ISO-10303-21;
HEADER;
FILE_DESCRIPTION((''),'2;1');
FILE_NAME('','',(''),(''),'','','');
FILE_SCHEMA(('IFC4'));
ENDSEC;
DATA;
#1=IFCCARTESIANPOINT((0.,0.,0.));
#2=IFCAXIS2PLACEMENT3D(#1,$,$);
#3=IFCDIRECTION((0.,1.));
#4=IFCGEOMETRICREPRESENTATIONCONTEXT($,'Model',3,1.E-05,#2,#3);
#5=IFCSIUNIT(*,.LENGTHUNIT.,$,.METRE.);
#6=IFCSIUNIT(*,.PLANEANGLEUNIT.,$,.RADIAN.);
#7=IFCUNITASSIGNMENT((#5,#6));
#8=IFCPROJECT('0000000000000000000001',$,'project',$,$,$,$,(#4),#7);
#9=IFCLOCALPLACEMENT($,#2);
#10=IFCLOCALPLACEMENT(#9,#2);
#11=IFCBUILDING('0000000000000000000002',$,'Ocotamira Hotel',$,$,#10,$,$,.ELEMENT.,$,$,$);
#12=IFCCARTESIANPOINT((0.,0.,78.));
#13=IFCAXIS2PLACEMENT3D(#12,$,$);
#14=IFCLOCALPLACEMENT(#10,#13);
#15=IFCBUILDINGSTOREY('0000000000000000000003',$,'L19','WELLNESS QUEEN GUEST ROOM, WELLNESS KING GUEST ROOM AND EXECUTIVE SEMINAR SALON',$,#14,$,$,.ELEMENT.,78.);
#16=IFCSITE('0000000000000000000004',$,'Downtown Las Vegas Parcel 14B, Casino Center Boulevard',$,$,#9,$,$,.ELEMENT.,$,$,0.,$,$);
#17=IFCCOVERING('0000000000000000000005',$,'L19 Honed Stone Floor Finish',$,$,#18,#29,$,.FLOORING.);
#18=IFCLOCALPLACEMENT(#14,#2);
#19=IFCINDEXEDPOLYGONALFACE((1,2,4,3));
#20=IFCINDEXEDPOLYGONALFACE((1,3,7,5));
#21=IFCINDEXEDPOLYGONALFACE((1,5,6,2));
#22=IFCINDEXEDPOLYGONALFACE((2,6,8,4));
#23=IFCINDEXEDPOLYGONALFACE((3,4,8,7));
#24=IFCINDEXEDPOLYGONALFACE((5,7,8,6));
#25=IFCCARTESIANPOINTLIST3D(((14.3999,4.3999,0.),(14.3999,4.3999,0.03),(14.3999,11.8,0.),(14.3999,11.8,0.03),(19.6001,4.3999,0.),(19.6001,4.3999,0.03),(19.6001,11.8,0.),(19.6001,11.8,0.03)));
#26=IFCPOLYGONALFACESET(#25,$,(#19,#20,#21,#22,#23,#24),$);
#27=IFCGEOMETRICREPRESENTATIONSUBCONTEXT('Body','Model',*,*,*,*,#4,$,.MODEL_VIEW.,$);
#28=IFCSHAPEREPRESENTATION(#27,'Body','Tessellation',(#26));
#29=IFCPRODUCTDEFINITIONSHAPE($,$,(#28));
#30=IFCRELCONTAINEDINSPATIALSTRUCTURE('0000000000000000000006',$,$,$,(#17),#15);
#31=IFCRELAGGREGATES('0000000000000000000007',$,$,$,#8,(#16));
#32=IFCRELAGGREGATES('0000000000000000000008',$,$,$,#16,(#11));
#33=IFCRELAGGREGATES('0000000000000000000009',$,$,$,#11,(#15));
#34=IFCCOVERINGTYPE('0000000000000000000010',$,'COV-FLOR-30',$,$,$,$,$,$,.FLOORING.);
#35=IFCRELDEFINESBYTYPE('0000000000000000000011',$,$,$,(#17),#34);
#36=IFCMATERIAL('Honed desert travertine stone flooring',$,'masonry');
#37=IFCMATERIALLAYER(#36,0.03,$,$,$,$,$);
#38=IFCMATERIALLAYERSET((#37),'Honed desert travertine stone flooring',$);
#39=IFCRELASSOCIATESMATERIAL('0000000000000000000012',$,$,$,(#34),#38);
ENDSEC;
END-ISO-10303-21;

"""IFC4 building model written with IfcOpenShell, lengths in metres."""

from ifc_helpers import new_model, si_unit, direction, frame, origin, place, context, subcontext, project, spatial, polyline, outline, extrude, material, layer, layer_set, type_object, element, save


model = new_model("IFC4")

# Units and contexts
model_context = context("Model", 3, precision=1e-05, world=origin(), true_north=direction((0.0, 1.0)))
body_context = subcontext(model_context, "Body", "Model", "MODEL_VIEW")
ifc_project = project(units=[si_unit("LENGTHUNIT", "METRE"), si_unit("PLANEANGLEUNIT", "RADIAN")], contexts=[model_context])

# Site, building, storey
site_placement = place(None, origin())
site = spatial("IfcSite", under=ifc_project, at=site_placement, Name="Downtown Las Vegas Parcel 14B, Casino Center Boulevard", CompositionType="ELEMENT", RefElevation=0.0)
building_placement = place(site_placement, origin())
building = spatial("IfcBuilding", under=site, at=building_placement, Name="Ocotamira Hotel", CompositionType="ELEMENT")
storey_placement = place(building_placement, frame((0.0, 0.0, 78.0)))
storey = spatial("IfcBuildingStorey", under=building, at=storey_placement, Name="L19", Description="WELLNESS QUEEN GUEST ROOM, WELLNESS KING GUEST ROOM AND EXECUTIVE SEMINAR SALON", CompositionType="ELEMENT", Elevation=78.0)

# Covering
ifc_material_1 = material(Name="Honed desert travertine stone flooring", Category="masonry")
ifc_layer_1 = layer(ifc_material_1, 0.03)
ifc_layer_set_1 = layer_set([ifc_layer_1], Name="Honed desert travertine stone flooring")
covering_type_1 = type_object("IfcCoveringType", Name="COV-FLOR-30", PredefinedType="FLOORING", material=ifc_layer_set_1)
covering_1_placement = place(storey_placement, origin())
element("IfcCovering", 1, at=covering_1_placement, inside=storey, type_object=covering_type_1, Name="L19 Honed Stone Floor Finish", PredefinedType="FLOORING", context=body_context, shape_type="SweptSolid", body=[
    extrude(outline(polyline([(14.3999, 4.3999), (19.6001, 4.3999), (19.6001, 11.8), (14.3999, 11.8), (14.3999, 4.3999)])), origin(), (0.0, 0.0, 1.0), 0.03),
])

save(model, "model.ifc")
